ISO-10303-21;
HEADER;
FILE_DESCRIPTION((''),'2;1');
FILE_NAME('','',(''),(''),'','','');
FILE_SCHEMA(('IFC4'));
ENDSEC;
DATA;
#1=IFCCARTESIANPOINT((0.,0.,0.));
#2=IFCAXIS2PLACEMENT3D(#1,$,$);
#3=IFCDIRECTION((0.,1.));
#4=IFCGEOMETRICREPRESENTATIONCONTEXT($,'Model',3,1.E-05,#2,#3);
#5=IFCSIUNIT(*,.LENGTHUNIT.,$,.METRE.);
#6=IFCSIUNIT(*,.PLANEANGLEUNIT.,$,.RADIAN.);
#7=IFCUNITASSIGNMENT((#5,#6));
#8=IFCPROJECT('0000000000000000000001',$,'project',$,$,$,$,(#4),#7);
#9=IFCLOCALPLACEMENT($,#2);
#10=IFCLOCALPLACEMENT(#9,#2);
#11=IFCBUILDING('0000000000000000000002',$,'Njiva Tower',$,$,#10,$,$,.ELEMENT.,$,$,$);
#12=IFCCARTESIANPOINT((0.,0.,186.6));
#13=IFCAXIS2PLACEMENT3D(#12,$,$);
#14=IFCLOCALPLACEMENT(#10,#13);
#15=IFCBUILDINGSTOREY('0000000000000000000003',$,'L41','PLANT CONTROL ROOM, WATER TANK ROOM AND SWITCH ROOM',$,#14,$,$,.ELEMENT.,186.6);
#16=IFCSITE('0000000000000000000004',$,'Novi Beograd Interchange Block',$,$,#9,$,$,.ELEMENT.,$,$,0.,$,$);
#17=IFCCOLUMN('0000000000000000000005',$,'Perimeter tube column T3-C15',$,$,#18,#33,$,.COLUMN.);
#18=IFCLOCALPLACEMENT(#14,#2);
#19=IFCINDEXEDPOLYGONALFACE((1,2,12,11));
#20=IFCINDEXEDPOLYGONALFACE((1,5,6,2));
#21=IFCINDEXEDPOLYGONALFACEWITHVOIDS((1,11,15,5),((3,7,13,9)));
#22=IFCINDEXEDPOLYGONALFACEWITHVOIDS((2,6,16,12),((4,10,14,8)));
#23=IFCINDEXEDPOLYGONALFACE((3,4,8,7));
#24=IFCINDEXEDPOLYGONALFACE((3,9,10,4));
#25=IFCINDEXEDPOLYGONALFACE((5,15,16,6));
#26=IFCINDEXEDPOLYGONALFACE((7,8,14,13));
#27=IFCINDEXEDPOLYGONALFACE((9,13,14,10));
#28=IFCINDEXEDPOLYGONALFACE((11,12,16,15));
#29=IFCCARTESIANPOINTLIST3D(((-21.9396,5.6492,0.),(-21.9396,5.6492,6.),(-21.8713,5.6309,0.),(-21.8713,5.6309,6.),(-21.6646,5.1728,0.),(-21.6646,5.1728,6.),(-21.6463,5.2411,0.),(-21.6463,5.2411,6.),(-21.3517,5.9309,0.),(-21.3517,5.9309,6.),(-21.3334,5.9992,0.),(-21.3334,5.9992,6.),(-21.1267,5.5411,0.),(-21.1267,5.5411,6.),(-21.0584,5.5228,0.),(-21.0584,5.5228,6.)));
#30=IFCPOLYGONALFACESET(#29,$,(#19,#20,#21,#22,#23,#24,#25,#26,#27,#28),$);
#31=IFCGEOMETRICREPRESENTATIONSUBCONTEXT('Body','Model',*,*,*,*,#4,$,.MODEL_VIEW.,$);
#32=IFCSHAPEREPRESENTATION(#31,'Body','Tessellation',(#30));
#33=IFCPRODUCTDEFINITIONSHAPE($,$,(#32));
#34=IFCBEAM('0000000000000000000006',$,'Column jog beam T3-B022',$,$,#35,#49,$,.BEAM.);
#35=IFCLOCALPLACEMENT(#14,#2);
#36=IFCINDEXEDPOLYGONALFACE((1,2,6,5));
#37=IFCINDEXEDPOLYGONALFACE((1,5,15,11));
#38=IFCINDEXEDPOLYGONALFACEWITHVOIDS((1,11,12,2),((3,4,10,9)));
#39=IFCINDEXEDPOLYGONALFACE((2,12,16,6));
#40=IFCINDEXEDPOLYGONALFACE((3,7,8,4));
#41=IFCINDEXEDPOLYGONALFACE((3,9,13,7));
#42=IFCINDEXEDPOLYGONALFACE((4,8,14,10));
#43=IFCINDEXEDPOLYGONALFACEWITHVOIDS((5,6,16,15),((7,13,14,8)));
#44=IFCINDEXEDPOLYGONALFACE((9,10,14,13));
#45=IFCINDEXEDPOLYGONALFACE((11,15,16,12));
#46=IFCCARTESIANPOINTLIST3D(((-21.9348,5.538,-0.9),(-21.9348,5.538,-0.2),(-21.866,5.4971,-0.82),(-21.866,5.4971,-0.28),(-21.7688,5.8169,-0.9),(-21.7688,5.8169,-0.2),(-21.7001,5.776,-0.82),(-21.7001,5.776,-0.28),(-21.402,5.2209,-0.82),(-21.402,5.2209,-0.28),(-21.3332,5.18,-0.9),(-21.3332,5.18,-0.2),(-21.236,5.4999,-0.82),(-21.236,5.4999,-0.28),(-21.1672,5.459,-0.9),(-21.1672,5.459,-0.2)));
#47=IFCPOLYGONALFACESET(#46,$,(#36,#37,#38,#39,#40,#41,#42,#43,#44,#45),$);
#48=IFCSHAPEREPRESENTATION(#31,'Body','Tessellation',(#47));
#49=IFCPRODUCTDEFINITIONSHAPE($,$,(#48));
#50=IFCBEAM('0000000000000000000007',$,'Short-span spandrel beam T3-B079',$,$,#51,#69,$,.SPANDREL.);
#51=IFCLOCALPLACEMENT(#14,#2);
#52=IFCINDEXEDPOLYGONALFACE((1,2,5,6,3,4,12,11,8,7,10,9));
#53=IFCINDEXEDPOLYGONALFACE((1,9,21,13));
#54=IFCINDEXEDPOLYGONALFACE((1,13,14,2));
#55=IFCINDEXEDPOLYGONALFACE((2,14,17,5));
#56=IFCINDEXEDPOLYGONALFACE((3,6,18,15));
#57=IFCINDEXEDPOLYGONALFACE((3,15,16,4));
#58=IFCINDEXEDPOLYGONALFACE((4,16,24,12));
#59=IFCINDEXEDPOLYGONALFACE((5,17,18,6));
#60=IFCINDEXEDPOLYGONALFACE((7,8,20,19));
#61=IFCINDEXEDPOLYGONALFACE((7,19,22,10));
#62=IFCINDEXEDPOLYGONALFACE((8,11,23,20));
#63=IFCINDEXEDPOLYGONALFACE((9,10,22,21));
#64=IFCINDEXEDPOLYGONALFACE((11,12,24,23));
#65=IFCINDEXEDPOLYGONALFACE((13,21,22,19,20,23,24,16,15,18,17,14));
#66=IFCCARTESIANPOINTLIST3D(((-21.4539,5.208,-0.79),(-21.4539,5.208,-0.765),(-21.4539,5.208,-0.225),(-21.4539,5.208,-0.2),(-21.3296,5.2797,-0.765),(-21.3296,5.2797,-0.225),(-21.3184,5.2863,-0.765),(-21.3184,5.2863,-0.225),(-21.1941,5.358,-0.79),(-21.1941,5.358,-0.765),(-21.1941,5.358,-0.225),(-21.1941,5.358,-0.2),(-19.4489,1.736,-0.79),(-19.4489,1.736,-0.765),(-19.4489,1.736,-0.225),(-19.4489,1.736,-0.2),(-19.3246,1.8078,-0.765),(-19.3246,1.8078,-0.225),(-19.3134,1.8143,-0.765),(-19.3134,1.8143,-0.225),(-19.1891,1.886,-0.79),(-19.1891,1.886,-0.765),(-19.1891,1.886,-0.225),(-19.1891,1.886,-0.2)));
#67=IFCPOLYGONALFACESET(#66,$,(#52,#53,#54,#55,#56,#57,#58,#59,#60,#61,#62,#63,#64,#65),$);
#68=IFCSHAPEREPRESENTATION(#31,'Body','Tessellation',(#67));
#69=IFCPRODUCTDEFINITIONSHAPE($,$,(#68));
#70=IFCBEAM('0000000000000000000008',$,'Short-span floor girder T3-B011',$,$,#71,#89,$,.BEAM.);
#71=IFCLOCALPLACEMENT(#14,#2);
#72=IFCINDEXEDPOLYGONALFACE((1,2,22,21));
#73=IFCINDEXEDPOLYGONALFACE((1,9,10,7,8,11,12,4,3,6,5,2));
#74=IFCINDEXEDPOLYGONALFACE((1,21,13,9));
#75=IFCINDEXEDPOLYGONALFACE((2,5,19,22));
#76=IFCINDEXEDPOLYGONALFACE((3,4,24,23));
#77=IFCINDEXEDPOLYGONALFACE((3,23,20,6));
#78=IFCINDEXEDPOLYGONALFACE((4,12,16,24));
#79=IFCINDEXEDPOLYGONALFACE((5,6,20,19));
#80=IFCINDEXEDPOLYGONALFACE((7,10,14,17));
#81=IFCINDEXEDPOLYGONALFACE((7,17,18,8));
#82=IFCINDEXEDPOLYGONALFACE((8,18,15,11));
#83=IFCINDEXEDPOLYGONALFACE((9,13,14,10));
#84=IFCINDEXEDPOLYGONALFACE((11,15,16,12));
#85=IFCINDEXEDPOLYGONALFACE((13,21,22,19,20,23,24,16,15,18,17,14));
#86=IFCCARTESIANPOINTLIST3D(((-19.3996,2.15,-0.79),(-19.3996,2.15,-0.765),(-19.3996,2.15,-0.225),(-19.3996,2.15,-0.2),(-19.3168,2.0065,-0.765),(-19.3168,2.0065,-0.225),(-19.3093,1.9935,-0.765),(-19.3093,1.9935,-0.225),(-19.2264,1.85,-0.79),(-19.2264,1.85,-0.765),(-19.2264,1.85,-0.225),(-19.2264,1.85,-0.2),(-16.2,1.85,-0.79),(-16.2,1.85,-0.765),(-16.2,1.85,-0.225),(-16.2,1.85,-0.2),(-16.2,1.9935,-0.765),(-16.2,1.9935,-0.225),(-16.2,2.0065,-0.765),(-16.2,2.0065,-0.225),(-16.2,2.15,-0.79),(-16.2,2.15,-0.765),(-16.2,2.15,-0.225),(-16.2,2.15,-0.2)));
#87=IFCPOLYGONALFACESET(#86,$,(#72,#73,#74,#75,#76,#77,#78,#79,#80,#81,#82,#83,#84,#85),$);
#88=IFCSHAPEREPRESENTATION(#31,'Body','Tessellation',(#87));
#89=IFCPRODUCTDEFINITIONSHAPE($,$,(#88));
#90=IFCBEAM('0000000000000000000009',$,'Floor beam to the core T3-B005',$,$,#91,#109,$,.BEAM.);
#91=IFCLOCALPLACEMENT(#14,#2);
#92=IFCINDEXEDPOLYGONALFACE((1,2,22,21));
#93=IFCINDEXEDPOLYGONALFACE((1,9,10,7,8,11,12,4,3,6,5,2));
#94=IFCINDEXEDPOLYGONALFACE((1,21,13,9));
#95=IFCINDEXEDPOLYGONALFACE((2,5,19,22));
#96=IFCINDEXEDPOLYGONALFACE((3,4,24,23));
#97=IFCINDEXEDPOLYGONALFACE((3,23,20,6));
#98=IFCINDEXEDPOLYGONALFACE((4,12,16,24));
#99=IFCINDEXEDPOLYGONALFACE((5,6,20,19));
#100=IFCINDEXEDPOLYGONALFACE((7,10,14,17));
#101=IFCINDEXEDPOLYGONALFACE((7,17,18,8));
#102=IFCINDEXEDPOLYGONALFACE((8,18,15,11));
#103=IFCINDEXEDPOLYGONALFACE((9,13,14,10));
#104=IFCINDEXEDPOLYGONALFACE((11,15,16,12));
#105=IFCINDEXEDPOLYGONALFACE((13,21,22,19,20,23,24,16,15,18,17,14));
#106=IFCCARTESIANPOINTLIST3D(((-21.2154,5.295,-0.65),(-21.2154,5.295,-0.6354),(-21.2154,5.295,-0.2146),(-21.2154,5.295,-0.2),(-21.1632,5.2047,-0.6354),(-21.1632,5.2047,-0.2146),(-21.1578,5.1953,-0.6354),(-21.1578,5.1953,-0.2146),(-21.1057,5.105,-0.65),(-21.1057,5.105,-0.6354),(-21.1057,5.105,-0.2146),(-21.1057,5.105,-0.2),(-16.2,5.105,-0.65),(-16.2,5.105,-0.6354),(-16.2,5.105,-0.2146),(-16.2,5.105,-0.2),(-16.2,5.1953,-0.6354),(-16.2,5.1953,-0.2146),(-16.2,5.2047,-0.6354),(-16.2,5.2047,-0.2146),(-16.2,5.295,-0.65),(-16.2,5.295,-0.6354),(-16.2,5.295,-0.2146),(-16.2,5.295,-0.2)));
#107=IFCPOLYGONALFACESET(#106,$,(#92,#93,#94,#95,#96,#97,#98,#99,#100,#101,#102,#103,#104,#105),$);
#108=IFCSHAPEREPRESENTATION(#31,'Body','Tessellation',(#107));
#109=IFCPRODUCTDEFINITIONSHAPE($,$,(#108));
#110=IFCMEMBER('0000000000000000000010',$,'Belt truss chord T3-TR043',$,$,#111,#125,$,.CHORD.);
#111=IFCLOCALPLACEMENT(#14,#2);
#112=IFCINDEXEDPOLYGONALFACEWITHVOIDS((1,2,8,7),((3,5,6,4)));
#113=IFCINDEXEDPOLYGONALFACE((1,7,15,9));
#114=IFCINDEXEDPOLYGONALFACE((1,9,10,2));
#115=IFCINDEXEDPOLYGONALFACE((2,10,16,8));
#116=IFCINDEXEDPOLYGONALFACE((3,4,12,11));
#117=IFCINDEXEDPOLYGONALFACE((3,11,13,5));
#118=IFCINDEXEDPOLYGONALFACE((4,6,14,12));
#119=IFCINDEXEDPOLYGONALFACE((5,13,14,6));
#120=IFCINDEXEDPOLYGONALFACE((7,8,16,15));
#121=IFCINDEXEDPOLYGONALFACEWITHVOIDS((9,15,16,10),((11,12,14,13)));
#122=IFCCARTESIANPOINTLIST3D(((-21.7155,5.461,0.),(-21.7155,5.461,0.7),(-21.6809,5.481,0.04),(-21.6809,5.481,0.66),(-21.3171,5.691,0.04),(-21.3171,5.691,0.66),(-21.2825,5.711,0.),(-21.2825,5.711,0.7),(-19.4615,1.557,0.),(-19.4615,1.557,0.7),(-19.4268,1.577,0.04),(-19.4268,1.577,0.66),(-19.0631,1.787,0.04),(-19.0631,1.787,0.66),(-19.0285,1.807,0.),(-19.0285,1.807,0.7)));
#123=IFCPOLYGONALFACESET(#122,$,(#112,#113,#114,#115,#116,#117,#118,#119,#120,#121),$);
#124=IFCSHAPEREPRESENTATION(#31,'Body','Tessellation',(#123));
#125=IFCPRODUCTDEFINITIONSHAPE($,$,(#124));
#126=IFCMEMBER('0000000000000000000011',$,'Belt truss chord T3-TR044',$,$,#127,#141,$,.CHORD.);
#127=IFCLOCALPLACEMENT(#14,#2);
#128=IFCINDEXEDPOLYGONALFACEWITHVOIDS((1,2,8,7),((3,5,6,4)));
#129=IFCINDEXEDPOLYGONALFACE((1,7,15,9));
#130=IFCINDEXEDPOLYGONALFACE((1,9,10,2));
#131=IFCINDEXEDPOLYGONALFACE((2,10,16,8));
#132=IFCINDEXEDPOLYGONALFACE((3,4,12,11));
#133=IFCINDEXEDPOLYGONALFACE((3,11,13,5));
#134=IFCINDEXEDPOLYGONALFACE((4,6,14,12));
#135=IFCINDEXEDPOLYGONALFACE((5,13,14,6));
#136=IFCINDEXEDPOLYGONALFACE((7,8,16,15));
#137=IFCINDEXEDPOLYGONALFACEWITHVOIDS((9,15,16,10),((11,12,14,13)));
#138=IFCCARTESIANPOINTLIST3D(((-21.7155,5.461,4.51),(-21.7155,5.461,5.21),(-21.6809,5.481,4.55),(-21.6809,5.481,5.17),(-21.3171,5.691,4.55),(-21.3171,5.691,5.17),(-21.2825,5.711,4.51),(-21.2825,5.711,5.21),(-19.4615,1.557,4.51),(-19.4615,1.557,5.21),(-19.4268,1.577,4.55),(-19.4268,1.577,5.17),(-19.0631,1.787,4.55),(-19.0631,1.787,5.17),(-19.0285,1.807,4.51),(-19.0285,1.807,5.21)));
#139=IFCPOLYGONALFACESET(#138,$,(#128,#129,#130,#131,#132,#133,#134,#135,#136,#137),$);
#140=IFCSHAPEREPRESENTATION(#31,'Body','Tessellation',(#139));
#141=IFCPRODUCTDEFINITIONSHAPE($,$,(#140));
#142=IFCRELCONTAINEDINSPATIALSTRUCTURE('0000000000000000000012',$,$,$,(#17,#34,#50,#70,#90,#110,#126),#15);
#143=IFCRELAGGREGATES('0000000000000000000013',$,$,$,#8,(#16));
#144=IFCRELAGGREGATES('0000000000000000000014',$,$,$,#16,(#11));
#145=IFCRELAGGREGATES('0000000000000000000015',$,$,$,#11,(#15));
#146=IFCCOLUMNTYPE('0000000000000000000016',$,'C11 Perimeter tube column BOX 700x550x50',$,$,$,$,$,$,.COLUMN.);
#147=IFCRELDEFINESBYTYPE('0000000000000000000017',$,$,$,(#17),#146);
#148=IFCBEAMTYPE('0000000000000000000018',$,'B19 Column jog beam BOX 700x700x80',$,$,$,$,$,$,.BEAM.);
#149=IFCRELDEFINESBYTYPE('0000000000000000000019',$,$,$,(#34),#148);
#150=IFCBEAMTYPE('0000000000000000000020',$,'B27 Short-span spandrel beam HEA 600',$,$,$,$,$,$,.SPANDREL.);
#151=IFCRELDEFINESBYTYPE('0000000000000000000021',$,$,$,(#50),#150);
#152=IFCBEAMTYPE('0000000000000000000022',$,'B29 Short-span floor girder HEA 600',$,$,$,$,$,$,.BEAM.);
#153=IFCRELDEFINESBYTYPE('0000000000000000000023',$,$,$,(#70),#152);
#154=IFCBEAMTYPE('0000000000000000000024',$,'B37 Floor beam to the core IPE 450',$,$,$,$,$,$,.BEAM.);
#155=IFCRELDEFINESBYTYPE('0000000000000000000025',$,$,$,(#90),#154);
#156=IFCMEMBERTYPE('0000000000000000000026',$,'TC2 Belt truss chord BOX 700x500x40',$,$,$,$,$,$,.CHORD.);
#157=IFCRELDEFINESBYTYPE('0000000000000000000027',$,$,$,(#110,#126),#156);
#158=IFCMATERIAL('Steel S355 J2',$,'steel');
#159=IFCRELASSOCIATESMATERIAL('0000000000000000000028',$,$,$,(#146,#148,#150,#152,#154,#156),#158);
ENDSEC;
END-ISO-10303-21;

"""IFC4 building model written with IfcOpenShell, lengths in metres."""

from ifc_helpers import new_model, si_unit, direction, frame, origin, origin_2d, place, context, subcontext, project, spatial, hollow_rectangle, i_section, extrude, clip, halfspace, material, material_profile, profile_set, type_object, element, save


model = new_model("IFC4")

# Units and contexts
model_context = context("Model", 3, precision=1e-05, world=origin(), true_north=direction((0.0, 1.0)))
body_context = subcontext(model_context, "Body", "Model", "MODEL_VIEW")
ifc_project = project(units=[si_unit("LENGTHUNIT", "METRE"), si_unit("PLANEANGLEUNIT", "RADIAN")], contexts=[model_context])

# Site, building, storey
site_placement = place(None, origin())
site = spatial("IfcSite", under=ifc_project, at=site_placement, Name="Novi Beograd Interchange Block", CompositionType="ELEMENT", RefElevation=0.0)
building_placement = place(site_placement, origin())
building = spatial("IfcBuilding", under=site, at=building_placement, Name="Njiva Tower", CompositionType="ELEMENT")
storey_placement = place(building_placement, frame((0.0, 0.0, 186.6)))
storey = spatial("IfcBuildingStorey", under=building, at=storey_placement, Name="L41", Description="PLANT CONTROL ROOM, WATER TANK ROOM AND SWITCH ROOM", CompositionType="ELEMENT", Elevation=186.6)

# Column
ifc_material_1 = material(Name="Steel S355 J2", Category="steel")
ifc_material_profile_1 = material_profile(ifc_material_1, hollow_rectangle(XDim=0.55, YDim=0.7, WallThickness=0.05, at=origin_2d()), Name="BOX 700x550x50")
ifc_profile_set_1 = profile_set([ifc_material_profile_1], Name="Steel S355 J2")
column_type = type_object("IfcColumnType", Name="C11 Perimeter tube column BOX 700x550x50", PredefinedType="COLUMN", material=ifc_profile_set_1)
column_placement = place(storey_placement, frame((-21.499, 5.586, 0.0), z_axis=(0.0, 0.0, 1.0), x_axis=(0.5, -0.866025, 0.0)))
element("IfcColumn", 1, at=column_placement, inside=storey, type_object=column_type, Name="Perimeter tube column T3-C15", PredefinedType="COLUMN", context=body_context, shape_type="SweptSolid", body=[
    extrude(hollow_rectangle(XDim=0.55, YDim=0.7, WallThickness=0.05, at=origin_2d()), origin(), (0.0, 0.0, 1.0), 6.0),
])

# Beams
ifc_material_profile_2 = material_profile(ifc_material_1, hollow_rectangle(XDim=0.7, YDim=0.7, WallThickness=0.08, at=origin_2d()), Name="BOX 700x700x80")
ifc_profile_set_2 = profile_set([ifc_material_profile_2], Name="Steel S355 J2")
beam_type_1 = type_object("IfcBeamType", Name="B19 Column jog beam BOX 700x700x80", PredefinedType="BEAM", material=ifc_profile_set_2)
beam_1_placement = place(storey_placement, frame((-21.634, 5.359, -0.55), z_axis=(0.511321, 0.85939, 0.0), x_axis=(-0.85939, 0.511321, 0.0)))
element("IfcBeam", 2, at=beam_1_placement, inside=storey, type_object=beam_type_1, Name="Column jog beam T3-B022", PredefinedType="BEAM", context=body_context, shape_type="SweptSolid", body=[
    extrude(hollow_rectangle(XDim=0.7, YDim=0.7, WallThickness=0.08, at=origin_2d()), origin(), (0.0, 0.0, 1.0), 0.3246),
])
ifc_material_profile_3 = material_profile(ifc_material_1, i_section(OverallWidth=0.3, OverallDepth=0.59, WebThickness=0.013, FlangeThickness=0.025, at=origin_2d()), Name="HEA 600")
ifc_profile_set_3 = profile_set([ifc_material_profile_3], Name="Steel S355 J2")
beam_type_2 = type_object("IfcBeamType", Name="B27 Short-span spandrel beam HEA 600", PredefinedType="SPANDREL", material=ifc_profile_set_3)
beam_2_placement = place(storey_placement, frame((-21.324, 5.283, -0.495), z_axis=(0.500082, -0.865978, 0.0), x_axis=(0.865978, 0.500082, 0.0)))
element("IfcBeam", 3, at=beam_2_placement, inside=storey, type_object=beam_type_2, Name="Short-span spandrel beam T3-B079", PredefinedType="SPANDREL", context=body_context, shape_type="SweptSolid", body=[
    extrude(i_section(OverallWidth=0.3, OverallDepth=0.59, WebThickness=0.013, FlangeThickness=0.025, at=origin_2d()), origin(), (0.0, 0.0, 1.0), 4.0093),
])
ifc_material_profile_4 = material_profile(ifc_material_1, i_section(OverallWidth=0.3, OverallDepth=0.59, WebThickness=0.013, FlangeThickness=0.025, at=origin_2d()), Name="HEA 600")
ifc_profile_set_4 = profile_set([ifc_material_profile_4], Name="Steel S355 J2")
beam_type_3 = type_object("IfcBeamType", Name="B29 Short-span floor girder HEA 600", PredefinedType="BEAM", material=ifc_profile_set_4)
beam_3_placement = place(storey_placement, frame((-19.42, 2.0, -0.495), z_axis=(1.0, 0.0, 0.0), x_axis=(0.0, 1.0, 0.0)))
element("IfcBeam", 4, at=beam_3_placement, inside=storey, type_object=beam_type_3, Name="Short-span floor girder T3-B011", PredefinedType="BEAM", context=body_context, shape_type="Clipping", body=[
    clip(extrude(i_section(OverallWidth=0.3, OverallDepth=0.59, WebThickness=0.013, FlangeThickness=0.025, at=origin_2d()), origin(), (0.0, 0.0, 1.0), 3.22), halfspace(frame((-0.025, 0.0, 0.1214), z_axis=(-0.499998, 0.0, -0.866027), x_axis=(0.0, -1.0, 0.0)), False)),
])
ifc_material_profile_5 = material_profile(ifc_material_1, i_section(OverallWidth=0.19, OverallDepth=0.45, WebThickness=0.0094, FlangeThickness=0.0146, at=origin_2d()), Name="IPE 450")
ifc_profile_set_5 = profile_set([ifc_material_profile_5], Name="Steel S355 J2")
beam_type_4 = type_object("IfcBeamType", Name="B37 Floor beam to the core IPE 450", PredefinedType="BEAM", material=ifc_profile_set_5)
beam_4_placement = place(storey_placement, frame((-21.236, 5.2, -0.425), z_axis=(1.0, 0.0, 0.0), x_axis=(0.0, 1.0, 0.0)))
element("IfcBeam", 5, at=beam_4_placement, inside=storey, type_object=beam_type_4, Name="Floor beam to the core T3-B005", PredefinedType="BEAM", context=body_context, shape_type="Clipping", body=[
    clip(extrude(i_section(OverallWidth=0.19, OverallDepth=0.45, WebThickness=0.0094, FlangeThickness=0.0146, at=origin_2d()), origin(), (0.0, 0.0, 1.0), 5.036), halfspace(frame((-0.025, 0.0, 0.0899), z_axis=(-0.499998, 0.0, -0.866027), x_axis=(0.0, -1.0, 0.0)), False)),
])

# Members
ifc_material_profile_6 = material_profile(ifc_material_1, hollow_rectangle(XDim=0.5, YDim=0.7, WallThickness=0.04, at=origin_2d()), Name="BOX 700x500x40")
ifc_profile_set_6 = profile_set([ifc_material_profile_6], Name="Steel S355 J2")
member_type_1 = type_object("IfcMemberType", Name="TC2 Belt truss chord BOX 700x500x40", PredefinedType="CHORD", material=ifc_profile_set_6)
for number, where, z_axis, x_axis, name in (
    (6, (-21.499, 5.586, 0.35), (0.500004, -0.866023, 0.0), (0.866023, 0.500004, 0.0), "Belt truss chord T3-TR043"),
    (7, (-21.499, 5.586, 4.86), (0.500004, -0.866023, 0.0), (0.866023, 0.500004, 0.0), "Belt truss chord T3-TR044"),
):
    element("IfcMember", number, at=place(storey_placement, frame(where, z_axis=z_axis, x_axis=x_axis)), inside=storey, type_object=member_type_1, Name=name, PredefinedType="CHORD", context=body_context, shape_type="SweptSolid", body=[
        extrude(hollow_rectangle(XDim=0.5, YDim=0.7, WallThickness=0.04, at=origin_2d()), origin(), (0.0, 0.0, 1.0), 4.508),
    ])

save(model, "model.ifc")
